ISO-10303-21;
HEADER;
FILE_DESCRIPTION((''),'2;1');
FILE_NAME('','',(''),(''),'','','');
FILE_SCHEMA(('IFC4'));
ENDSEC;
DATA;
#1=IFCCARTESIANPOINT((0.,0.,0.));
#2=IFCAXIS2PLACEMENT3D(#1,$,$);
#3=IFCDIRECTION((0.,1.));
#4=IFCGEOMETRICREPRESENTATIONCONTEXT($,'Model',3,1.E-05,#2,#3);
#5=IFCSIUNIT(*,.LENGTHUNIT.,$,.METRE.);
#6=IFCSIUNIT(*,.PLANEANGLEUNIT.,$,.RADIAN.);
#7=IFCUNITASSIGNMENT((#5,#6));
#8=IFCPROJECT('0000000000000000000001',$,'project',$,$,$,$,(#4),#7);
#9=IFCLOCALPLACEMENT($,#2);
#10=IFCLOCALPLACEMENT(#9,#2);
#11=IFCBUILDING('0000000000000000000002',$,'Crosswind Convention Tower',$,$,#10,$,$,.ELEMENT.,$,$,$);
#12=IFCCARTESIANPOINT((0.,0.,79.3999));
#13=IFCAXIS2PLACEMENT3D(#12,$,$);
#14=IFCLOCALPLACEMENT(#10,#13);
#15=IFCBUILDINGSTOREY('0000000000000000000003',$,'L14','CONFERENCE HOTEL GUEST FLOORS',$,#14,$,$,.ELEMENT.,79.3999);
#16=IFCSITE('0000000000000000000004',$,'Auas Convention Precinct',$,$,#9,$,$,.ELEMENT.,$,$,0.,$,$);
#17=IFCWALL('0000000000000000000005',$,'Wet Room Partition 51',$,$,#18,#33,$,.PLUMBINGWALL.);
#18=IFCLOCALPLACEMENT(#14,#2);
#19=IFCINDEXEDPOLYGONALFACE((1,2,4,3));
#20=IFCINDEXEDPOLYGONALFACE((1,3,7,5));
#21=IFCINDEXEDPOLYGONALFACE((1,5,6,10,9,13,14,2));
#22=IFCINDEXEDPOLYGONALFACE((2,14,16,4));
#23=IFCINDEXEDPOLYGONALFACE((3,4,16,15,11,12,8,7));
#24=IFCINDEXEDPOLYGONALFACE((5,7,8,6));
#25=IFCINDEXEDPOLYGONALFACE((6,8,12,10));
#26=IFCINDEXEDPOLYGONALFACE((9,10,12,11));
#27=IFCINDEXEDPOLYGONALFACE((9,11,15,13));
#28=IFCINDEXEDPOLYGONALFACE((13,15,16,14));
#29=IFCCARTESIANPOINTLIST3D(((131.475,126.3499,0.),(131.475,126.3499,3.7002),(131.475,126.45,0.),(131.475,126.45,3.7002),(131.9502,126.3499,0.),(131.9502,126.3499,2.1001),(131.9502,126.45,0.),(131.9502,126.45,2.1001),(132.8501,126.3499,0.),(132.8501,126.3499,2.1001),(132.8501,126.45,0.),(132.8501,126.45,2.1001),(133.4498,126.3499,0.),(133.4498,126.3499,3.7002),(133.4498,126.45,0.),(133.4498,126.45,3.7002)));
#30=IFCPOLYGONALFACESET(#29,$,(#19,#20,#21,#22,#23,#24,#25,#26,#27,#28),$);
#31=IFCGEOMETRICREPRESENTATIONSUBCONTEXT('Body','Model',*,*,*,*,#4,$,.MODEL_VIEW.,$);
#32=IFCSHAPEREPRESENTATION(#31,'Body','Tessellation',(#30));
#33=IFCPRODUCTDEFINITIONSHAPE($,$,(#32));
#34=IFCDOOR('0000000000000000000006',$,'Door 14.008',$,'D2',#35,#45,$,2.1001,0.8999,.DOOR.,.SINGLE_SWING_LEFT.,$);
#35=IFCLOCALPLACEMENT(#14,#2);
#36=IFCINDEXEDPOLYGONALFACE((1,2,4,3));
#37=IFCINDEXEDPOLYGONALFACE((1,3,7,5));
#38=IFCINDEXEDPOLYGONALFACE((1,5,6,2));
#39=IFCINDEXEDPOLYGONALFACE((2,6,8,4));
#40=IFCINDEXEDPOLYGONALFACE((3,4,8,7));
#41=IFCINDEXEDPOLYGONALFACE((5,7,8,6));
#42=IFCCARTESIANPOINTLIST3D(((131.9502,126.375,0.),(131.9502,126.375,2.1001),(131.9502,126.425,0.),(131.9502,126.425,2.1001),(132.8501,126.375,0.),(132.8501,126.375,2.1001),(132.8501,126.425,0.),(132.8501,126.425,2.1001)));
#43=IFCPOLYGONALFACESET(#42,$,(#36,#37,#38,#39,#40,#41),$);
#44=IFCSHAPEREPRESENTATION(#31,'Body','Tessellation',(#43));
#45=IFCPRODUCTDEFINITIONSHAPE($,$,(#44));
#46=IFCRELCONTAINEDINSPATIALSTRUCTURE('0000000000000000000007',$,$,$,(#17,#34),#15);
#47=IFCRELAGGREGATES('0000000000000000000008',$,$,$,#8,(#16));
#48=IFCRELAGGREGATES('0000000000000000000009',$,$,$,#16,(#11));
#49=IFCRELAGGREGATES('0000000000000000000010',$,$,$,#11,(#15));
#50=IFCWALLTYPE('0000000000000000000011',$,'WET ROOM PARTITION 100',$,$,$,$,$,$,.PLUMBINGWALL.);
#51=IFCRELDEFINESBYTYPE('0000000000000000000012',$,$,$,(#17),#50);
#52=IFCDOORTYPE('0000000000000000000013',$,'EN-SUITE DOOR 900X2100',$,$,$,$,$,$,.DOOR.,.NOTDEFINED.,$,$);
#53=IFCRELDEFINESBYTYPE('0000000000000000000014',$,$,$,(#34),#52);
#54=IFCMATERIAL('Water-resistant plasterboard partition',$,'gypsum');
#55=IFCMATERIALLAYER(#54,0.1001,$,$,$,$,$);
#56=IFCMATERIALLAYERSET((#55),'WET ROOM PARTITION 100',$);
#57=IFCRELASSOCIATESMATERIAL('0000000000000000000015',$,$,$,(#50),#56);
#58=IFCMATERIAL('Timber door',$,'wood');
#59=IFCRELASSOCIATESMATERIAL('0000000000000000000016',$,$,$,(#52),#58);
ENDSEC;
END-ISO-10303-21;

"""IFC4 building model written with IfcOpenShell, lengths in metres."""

from ifc_helpers import new_model, si_unit, direction, frame, frame_2d, origin, place, context, subcontext, project, spatial, rectangle, extrude, material, layer, layer_set, type_object, element, fill, save


model = new_model("IFC4")

# Units and contexts
model_context = context("Model", 3, precision=1e-05, world=origin(), true_north=direction((0.0, 1.0)))
body_context = subcontext(model_context, "Body", "Model", "MODEL_VIEW")
ifc_project = project(units=[si_unit("LENGTHUNIT", "METRE"), si_unit("PLANEANGLEUNIT", "RADIAN")], contexts=[model_context])

# Site, building, storey
site_placement = place(None, origin())
site = spatial("IfcSite", under=ifc_project, at=site_placement, Name="Auas Convention Precinct", CompositionType="ELEMENT", RefElevation=0.0)
building_placement = place(site_placement, origin())
building = spatial("IfcBuilding", under=site, at=building_placement, Name="Crosswind Convention Tower", CompositionType="ELEMENT")
storey_placement = place(building_placement, frame((0.0, 0.0, 79.3999)))
storey = spatial("IfcBuildingStorey", under=building, at=storey_placement, Name="L14", Description="CONFERENCE HOTEL GUEST FLOORS", CompositionType="ELEMENT", Elevation=79.3999)

# Wall, opening, door
ifc_material_1 = material(Name="Water-resistant plasterboard partition", Category="gypsum")
ifc_layer_1 = layer(ifc_material_1, 0.1001)
ifc_layer_set_1 = layer_set([ifc_layer_1], Name="WET ROOM PARTITION 100")
wall_type_1 = type_object("IfcWallType", Name="WET ROOM PARTITION 100", PredefinedType="PLUMBINGWALL", material=ifc_layer_set_1)
ifc_material_2 = material(Name="Timber door", Category="wood")
door_type_1 = type_object("IfcDoorType", Name="EN-SUITE DOOR 900X2100", OperationType="NOTDEFINED", PredefinedType="DOOR", material=ifc_material_2)
wall_1_placement = place(storey_placement, frame((131.4751, 126.3999, 0.0), z_axis=(0.0, 0.0, 1.0), x_axis=(1.0, 0.0, 0.0)))
wall_1 = element("IfcWall", 1, at=wall_1_placement, inside=storey, type_object=wall_type_1, Name="Wet Room Partition 51", PredefinedType="PLUMBINGWALL", context=body_context, shape_type="SweptSolid", body=[
    extrude(rectangle(XDim=1.9749, YDim=0.1001, at=frame_2d((0.9873, 0.0))), origin(), (0.0, 0.0, 1.0), 3.7002),
])
opening_1_placement = place(wall_1_placement, frame((0.4751, 0.0, 0.0)))
opening_1 = element("IfcOpeningElement", 2, at=opening_1_placement, cuts=wall_1, PredefinedType="OPENING", context=body_context, shape_type="SweptSolid", body=[
    extrude(rectangle(XDim=0.8999, YDim=2.1001, at=frame_2d((0.45, 1.05))), frame((0.0, 0.0601, 0.0), z_axis=(0.0, -1.0, 0.0), x_axis=(1.0, 0.0, 0.0)), (0.0, 0.0, 1.0), 0.1201),
])
door_1_placement = place(opening_1_placement, frame((0.8999, 0.0, 0.0), z_axis=(0.0, 0.0, 1.0), x_axis=(-1.0, 0.0, 0.0)))
door_1 = element("IfcDoor", 3, at=door_1_placement, inside=storey, type_object=door_type_1, Name="Door 14.008", ObjectType="D2", OperationType="SINGLE_SWING_LEFT", OverallHeight=2.1001, OverallWidth=0.8999, PredefinedType="DOOR", context=body_context, shape_type="SweptSolid", body=[
    extrude(rectangle(XDim=0.8999, YDim=2.1001, at=frame_2d((0.45, 1.05))), frame((0.0, 0.0249, 0.0), z_axis=(0.0, -1.0, 0.0), x_axis=(1.0, 0.0, 0.0)), (0.0, 0.0, 1.0), 0.05),
])
fill(opening_1, door_1)

save(model, "model.ifc")
